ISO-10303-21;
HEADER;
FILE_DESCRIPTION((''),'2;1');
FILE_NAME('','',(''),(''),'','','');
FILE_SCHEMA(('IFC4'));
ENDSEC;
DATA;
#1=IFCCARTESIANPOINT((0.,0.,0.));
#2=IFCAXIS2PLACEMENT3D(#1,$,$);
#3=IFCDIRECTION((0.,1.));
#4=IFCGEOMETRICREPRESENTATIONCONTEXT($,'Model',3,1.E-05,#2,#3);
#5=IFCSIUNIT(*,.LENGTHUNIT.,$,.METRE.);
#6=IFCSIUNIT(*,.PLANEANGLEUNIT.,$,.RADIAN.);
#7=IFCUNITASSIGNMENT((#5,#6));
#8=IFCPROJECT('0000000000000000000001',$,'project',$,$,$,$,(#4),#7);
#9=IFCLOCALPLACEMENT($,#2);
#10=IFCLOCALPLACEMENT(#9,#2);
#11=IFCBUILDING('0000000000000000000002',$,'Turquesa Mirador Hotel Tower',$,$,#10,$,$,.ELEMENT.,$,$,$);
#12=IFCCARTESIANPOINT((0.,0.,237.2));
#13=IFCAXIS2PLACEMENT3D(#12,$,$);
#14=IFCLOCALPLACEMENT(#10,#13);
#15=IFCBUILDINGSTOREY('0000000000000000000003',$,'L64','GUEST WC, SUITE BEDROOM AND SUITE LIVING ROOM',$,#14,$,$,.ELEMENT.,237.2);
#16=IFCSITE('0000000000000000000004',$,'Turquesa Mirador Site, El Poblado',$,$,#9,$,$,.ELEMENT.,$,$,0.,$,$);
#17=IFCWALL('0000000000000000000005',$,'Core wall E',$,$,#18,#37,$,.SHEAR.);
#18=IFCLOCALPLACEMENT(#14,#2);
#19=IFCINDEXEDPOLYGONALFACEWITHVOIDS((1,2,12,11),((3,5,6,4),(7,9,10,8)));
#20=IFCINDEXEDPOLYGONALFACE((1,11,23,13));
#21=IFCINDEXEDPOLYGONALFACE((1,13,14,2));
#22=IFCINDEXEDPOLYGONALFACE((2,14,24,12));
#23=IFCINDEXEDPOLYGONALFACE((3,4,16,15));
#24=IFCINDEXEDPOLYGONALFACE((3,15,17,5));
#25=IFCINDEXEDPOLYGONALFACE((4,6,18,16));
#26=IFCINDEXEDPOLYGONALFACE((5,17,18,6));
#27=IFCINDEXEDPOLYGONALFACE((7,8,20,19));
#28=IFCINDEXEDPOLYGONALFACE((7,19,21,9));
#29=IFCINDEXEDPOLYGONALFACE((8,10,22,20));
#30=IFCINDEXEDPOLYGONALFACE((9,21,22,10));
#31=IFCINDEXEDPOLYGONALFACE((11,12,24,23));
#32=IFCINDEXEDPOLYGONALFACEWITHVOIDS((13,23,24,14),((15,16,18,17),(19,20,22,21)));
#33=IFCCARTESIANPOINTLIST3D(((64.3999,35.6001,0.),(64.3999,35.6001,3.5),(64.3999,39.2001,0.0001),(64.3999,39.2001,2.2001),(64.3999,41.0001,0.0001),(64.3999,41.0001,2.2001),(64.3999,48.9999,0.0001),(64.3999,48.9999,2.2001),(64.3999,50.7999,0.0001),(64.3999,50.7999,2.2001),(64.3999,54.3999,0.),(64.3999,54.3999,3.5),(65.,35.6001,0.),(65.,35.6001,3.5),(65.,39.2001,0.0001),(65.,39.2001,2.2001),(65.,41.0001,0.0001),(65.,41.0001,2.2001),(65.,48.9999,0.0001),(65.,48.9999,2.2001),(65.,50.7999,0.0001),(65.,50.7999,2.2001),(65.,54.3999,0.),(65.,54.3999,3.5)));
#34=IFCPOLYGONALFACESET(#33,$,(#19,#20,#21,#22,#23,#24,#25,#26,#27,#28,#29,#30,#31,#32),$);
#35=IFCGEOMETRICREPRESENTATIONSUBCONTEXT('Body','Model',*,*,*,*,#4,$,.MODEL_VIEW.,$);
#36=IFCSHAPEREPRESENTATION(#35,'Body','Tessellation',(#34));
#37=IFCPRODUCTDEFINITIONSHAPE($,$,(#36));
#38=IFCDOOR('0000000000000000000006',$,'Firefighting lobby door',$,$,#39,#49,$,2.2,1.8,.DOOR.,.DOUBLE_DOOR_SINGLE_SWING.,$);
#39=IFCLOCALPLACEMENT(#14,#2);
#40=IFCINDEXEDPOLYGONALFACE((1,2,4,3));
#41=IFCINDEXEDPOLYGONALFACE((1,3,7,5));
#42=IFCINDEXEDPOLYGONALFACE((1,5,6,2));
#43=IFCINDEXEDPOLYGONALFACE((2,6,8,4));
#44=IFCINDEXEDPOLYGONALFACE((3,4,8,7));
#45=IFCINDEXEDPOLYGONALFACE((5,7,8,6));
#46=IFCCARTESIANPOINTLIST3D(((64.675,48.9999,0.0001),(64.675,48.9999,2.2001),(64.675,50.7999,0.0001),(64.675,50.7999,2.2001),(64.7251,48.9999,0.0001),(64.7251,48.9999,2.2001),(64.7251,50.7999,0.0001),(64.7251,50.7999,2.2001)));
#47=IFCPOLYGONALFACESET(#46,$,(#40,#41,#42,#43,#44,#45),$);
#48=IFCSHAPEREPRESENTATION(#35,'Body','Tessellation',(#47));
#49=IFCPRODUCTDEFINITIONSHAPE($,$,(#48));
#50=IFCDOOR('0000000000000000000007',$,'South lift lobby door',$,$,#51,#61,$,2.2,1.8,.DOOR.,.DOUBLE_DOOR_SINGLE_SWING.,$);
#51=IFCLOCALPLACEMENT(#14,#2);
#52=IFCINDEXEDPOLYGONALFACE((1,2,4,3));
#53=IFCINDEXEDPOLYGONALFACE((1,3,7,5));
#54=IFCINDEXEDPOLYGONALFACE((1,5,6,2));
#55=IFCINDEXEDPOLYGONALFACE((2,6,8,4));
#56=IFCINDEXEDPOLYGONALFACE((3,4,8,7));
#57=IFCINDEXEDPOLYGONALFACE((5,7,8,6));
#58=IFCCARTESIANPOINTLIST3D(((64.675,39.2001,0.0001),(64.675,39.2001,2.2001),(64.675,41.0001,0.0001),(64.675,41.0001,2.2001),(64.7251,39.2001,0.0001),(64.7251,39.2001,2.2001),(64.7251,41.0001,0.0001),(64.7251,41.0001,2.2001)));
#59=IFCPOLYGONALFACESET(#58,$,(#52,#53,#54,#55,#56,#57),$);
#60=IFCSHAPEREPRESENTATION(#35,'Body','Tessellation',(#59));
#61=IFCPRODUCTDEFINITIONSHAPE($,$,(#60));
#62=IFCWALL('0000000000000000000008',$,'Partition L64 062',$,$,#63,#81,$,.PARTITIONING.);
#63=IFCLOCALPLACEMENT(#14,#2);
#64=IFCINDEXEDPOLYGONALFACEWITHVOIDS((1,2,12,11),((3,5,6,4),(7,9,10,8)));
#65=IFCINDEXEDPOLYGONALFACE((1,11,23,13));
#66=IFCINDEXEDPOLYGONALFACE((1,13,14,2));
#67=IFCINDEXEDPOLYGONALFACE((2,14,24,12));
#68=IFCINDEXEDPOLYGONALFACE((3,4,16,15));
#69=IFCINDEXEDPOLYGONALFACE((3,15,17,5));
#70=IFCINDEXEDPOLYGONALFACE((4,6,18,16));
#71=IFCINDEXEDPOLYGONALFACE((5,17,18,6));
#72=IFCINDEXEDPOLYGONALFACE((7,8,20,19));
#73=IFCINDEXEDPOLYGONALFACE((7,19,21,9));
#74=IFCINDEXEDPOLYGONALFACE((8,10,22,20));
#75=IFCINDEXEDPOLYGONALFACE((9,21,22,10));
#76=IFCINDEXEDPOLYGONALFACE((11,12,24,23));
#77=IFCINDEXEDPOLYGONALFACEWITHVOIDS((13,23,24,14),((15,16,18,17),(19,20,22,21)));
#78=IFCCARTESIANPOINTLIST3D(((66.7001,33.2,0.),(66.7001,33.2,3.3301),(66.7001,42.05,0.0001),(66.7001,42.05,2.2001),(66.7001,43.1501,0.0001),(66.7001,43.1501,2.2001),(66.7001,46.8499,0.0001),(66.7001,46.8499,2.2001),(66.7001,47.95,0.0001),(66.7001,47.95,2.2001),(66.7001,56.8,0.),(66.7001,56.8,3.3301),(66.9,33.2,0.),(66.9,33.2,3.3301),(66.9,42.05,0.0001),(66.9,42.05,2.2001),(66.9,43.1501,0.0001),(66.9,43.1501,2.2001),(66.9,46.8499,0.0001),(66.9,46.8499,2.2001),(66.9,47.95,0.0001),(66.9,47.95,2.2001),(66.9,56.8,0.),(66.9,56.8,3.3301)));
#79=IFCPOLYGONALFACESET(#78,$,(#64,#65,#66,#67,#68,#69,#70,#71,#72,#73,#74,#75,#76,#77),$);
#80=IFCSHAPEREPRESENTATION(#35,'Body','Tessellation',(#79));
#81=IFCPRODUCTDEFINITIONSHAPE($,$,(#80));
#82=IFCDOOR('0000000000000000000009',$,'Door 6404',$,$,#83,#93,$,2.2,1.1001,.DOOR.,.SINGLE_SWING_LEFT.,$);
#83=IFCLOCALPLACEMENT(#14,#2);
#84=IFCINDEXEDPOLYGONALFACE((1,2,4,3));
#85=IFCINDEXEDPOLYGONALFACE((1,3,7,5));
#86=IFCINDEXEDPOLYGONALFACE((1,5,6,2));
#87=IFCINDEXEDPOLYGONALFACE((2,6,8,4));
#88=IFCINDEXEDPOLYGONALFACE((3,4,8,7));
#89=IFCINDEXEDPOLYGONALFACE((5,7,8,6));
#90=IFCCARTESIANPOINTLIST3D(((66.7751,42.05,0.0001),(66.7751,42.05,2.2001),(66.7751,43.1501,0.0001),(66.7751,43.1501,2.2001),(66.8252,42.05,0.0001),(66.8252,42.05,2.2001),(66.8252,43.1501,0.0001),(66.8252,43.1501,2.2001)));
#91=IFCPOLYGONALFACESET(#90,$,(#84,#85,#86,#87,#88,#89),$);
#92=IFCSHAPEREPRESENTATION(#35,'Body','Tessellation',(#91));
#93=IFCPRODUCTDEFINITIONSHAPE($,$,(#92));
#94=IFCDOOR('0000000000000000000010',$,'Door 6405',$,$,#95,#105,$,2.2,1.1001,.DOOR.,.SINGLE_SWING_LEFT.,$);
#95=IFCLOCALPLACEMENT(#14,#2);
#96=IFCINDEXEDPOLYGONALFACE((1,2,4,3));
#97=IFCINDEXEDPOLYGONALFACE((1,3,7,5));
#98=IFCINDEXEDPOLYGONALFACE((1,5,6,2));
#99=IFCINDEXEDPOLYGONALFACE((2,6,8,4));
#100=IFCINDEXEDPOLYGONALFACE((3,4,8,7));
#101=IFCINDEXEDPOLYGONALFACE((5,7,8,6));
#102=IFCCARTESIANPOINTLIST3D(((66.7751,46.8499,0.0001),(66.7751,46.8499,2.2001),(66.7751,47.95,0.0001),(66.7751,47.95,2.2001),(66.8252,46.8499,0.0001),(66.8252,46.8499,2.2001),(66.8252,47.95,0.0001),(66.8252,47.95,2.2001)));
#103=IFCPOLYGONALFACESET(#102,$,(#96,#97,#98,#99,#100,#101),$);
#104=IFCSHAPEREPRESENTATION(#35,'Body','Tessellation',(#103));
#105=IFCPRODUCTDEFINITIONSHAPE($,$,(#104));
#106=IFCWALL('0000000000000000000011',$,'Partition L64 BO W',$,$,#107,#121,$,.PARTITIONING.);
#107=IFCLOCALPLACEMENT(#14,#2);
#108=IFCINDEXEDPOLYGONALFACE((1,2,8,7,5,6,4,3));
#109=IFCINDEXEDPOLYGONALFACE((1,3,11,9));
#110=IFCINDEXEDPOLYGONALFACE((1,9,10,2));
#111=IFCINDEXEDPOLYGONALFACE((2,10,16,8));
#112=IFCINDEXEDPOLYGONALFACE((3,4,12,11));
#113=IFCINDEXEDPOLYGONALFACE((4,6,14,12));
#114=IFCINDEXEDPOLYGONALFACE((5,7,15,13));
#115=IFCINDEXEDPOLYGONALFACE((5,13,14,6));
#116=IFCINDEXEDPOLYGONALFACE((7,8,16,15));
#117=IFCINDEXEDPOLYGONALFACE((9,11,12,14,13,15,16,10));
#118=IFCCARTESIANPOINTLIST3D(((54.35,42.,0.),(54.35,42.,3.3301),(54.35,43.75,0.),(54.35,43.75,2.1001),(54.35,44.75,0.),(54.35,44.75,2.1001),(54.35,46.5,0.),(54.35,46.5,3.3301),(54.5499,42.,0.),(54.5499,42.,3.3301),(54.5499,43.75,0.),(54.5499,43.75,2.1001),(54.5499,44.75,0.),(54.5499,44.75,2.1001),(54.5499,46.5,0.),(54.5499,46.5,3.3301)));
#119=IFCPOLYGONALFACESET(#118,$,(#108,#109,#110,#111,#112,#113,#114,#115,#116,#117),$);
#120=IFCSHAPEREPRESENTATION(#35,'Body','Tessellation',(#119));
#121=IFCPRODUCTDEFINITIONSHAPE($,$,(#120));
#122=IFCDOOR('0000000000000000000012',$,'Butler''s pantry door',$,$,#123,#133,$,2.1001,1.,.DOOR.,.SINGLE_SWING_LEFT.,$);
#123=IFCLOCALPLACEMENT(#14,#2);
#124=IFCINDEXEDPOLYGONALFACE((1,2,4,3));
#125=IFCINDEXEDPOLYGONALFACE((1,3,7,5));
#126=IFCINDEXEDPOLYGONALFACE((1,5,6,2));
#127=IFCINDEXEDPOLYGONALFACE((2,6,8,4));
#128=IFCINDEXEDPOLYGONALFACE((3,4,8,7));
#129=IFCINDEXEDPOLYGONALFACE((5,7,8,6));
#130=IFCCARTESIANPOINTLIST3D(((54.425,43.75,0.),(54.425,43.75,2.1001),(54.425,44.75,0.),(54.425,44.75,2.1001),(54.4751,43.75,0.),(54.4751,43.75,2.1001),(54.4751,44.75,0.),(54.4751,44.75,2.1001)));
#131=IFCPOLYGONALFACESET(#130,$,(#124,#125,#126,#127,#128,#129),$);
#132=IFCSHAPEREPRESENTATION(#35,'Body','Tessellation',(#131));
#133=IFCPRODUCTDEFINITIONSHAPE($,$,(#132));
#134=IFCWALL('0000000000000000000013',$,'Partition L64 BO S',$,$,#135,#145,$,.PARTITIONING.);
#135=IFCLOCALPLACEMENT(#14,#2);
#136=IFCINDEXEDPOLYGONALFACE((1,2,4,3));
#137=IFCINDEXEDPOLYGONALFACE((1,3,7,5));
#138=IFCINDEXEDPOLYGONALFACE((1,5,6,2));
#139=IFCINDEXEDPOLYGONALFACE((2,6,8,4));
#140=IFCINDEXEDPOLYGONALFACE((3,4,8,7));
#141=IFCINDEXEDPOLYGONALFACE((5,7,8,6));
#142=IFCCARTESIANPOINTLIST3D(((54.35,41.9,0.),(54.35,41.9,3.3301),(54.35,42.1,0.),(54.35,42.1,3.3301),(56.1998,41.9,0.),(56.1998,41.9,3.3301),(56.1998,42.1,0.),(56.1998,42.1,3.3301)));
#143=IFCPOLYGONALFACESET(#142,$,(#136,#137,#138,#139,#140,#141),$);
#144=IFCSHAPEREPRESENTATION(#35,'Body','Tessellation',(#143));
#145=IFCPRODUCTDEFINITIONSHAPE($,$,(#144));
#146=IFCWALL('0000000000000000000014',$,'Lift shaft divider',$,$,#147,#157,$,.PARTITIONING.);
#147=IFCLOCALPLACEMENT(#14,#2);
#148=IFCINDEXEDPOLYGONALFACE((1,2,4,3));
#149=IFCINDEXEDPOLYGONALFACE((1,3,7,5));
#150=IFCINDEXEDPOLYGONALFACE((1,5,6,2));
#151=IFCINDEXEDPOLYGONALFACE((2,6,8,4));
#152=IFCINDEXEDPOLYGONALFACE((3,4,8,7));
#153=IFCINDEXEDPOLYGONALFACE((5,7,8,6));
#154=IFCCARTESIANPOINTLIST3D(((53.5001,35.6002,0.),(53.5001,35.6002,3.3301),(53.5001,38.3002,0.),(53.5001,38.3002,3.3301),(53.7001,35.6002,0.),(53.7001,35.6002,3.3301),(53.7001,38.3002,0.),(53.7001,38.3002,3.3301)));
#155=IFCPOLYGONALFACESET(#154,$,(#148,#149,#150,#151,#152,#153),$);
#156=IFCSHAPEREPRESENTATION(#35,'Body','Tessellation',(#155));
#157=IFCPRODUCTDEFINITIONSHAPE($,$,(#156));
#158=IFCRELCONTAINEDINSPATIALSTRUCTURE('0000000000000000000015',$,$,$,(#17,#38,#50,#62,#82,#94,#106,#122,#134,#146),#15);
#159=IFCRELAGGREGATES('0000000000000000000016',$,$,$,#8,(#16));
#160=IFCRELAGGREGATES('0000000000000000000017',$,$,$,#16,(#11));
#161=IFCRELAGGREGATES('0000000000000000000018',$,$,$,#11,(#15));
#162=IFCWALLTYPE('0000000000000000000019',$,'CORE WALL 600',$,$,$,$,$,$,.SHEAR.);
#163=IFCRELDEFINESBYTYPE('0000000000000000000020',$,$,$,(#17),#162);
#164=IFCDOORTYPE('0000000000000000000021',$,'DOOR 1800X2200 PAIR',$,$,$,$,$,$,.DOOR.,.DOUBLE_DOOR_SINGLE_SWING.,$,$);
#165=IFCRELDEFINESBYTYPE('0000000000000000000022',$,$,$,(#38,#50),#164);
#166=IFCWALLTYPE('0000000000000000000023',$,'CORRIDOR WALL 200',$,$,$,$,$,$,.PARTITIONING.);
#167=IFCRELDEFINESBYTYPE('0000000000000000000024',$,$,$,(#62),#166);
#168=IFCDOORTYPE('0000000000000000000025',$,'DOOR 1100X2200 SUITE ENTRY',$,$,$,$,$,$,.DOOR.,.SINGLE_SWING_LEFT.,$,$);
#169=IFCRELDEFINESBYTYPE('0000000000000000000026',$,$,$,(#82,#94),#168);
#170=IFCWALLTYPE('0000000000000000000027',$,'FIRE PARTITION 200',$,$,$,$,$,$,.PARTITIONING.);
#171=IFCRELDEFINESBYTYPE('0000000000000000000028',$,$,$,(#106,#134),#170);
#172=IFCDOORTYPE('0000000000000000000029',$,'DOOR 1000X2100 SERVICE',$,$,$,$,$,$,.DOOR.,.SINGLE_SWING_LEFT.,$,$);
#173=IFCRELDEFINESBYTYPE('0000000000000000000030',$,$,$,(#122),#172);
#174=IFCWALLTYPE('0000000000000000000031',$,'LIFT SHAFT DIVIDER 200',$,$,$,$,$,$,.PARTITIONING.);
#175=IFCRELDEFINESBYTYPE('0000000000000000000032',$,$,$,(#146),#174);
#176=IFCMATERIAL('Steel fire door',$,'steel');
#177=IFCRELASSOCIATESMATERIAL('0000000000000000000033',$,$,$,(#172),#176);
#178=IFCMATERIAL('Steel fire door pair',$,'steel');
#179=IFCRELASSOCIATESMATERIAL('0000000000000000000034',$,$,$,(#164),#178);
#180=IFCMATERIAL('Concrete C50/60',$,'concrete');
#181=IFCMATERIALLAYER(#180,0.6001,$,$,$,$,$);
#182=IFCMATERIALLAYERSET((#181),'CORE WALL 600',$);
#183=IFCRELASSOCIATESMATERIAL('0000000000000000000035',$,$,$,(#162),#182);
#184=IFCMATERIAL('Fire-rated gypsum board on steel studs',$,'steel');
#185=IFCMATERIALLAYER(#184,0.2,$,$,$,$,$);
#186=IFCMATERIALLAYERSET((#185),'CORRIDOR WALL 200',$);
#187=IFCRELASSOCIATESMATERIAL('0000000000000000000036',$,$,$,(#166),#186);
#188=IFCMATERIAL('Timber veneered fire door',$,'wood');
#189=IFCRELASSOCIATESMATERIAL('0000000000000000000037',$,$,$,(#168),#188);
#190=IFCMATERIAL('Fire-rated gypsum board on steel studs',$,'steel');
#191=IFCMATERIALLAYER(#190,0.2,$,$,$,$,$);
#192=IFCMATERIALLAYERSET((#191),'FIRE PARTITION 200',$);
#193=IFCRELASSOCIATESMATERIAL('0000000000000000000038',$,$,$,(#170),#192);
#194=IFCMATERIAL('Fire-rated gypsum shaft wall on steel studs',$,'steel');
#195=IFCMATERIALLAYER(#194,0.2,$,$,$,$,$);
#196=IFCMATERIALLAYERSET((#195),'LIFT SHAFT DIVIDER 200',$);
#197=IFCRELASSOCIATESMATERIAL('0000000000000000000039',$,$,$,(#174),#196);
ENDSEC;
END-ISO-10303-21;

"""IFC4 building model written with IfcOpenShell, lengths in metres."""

from ifc_helpers import new_model, si_unit, direction, frame, frame_2d, origin, place, context, subcontext, project, spatial, rectangle, extrude, material, layer, layer_set, type_object, element, fill, save


model = new_model("IFC4")

# Units and contexts
model_context = context("Model", 3, precision=1e-05, world=origin(), true_north=direction((0.0, 1.0)))
body_context = subcontext(model_context, "Body", "Model", "MODEL_VIEW")
ifc_project = project(units=[si_unit("LENGTHUNIT", "METRE"), si_unit("PLANEANGLEUNIT", "RADIAN")], contexts=[model_context])

# Site, building, storey
site_placement = place(None, origin())
site = spatial("IfcSite", under=ifc_project, at=site_placement, Name="Turquesa Mirador Site, El Poblado", CompositionType="ELEMENT", RefElevation=0.0)
building_placement = place(site_placement, origin())
building = spatial("IfcBuilding", under=site, at=building_placement, Name="Turquesa Mirador Hotel Tower", CompositionType="ELEMENT")
storey_placement = place(building_placement, frame((0.0, 0.0, 237.2)))
storey = spatial("IfcBuildingStorey", under=building, at=storey_placement, Name="L64", Description="GUEST WC, SUITE BEDROOM AND SUITE LIVING ROOM", CompositionType="ELEMENT", Elevation=237.2)

# Shared definitions
ifc_material_1 = material(Name="Steel fire door", Category="steel")
door_type_1 = type_object("IfcDoorType", Name="DOOR 1000X2100 SERVICE", OperationType="SINGLE_SWING_LEFT", PredefinedType="DOOR", material=ifc_material_1)
ifc_material_2 = material(Name="Steel fire door pair", Category="steel")
door_type_2 = type_object("IfcDoorType", Name="DOOR 1800X2200 PAIR", OperationType="DOUBLE_DOOR_SINGLE_SWING", PredefinedType="DOOR", material=ifc_material_2)

# Walls, openings, doors
ifc_material_3 = material(Name="Concrete C50/60", Category="concrete")
ifc_layer_1 = layer(ifc_material_3, 0.6001)
ifc_layer_set_1 = layer_set([ifc_layer_1], Name="CORE WALL 600")
wall_type_1 = type_object("IfcWallType", Name="CORE WALL 600", PredefinedType="SHEAR", material=ifc_layer_set_1)
wall_1_placement = place(storey_placement, frame((64.7, 35.6001, 0.0), z_axis=(0.0, 0.0, 1.0), x_axis=(0.0, 1.0, 0.0)))
wall_1 = element("IfcWall", 1, at=wall_1_placement, inside=storey, type_object=wall_type_1, Name="Core wall E", PredefinedType="SHEAR", context=body_context, shape_type="SweptSolid", body=[
    extrude(rectangle(XDim=18.7998, YDim=0.6001, at=frame_2d((9.3999, 0.0))), origin(), (0.0, 0.0, 1.0), 3.5),
])
opening_1_placement = place(wall_1_placement, frame((13.3999, 0.0, 0.0)))
opening_1 = element("IfcOpeningElement", 2, at=opening_1_placement, cuts=wall_1, PredefinedType="OPENING", context=body_context, shape_type="SweptSolid", body=[
    extrude(rectangle(XDim=1.8, YDim=2.2, at=frame_2d((0.8999, 1.1001))), frame((0.0, 0.3101, 0.0), z_axis=(0.0, -1.0, 0.0), x_axis=(1.0, 0.0, 0.0)), (0.0, 0.0, 1.0), 0.6201),
])
opening_2_placement = place(wall_1_placement, frame((3.6001, 0.0, 0.0)))
opening_2 = element("IfcOpeningElement", 3, at=opening_2_placement, cuts=wall_1, PredefinedType="OPENING", context=body_context, shape_type="SweptSolid", body=[
    extrude(rectangle(XDim=1.8, YDim=2.2, at=frame_2d((0.8999, 1.1001))), frame((0.0, 0.3101, 0.0), z_axis=(0.0, -1.0, 0.0), x_axis=(1.0, 0.0, 0.0)), (0.0, 0.0, 1.0), 0.6201),
])
door_1_placement = place(opening_1_placement, origin())
door_1 = element("IfcDoor", 4, at=door_1_placement, inside=storey, type_object=door_type_2, Name="Firefighting lobby door", OperationType="DOUBLE_DOOR_SINGLE_SWING", OverallHeight=2.2, OverallWidth=1.8, PredefinedType="DOOR", context=body_context, shape_type="SweptSolid", body=[
    extrude(rectangle(XDim=1.8, YDim=2.2, at=frame_2d((0.8999, 1.1001))), frame((0.0, 0.0249, 0.0), z_axis=(0.0, -1.0, 0.0), x_axis=(1.0, 0.0, 0.0)), (0.0, 0.0, 1.0), 0.05),
])
fill(opening_1, door_1)
door_2_placement = place(opening_2_placement, origin())
door_2 = element("IfcDoor", 5, at=door_2_placement, inside=storey, type_object=door_type_2, Name="South lift lobby door", OperationType="DOUBLE_DOOR_SINGLE_SWING", OverallHeight=2.2, OverallWidth=1.8, PredefinedType="DOOR", context=body_context, shape_type="SweptSolid", body=[
    extrude(rectangle(XDim=1.8, YDim=2.2, at=frame_2d((0.8999, 1.1001))), frame((0.0, 0.0249, 0.0), z_axis=(0.0, -1.0, 0.0), x_axis=(1.0, 0.0, 0.0)), (0.0, 0.0, 1.0), 0.05),
])
fill(opening_2, door_2)
ifc_material_4 = material(Name="Fire-rated gypsum board on steel studs", Category="steel")
ifc_layer_2 = layer(ifc_material_4, 0.2)
ifc_layer_set_2 = layer_set([ifc_layer_2], Name="CORRIDOR WALL 200")
wall_type_2 = type_object("IfcWallType", Name="CORRIDOR WALL 200", PredefinedType="PARTITIONING", material=ifc_layer_set_2)
wall_2_placement = place(storey_placement, frame((66.8, 33.2, 0.0), z_axis=(0.0, 0.0, 1.0), x_axis=(0.0, 1.0, 0.0)))
wall_2 = element("IfcWall", 6, at=wall_2_placement, inside=storey, type_object=wall_type_2, Name="Partition L64 062", PredefinedType="PARTITIONING", context=body_context, shape_type="SweptSolid", body=[
    extrude(rectangle(XDim=23.6001, YDim=0.2, at=frame_2d((11.8, 0.0))), origin(), (0.0, 0.0, 1.0), 3.3301),
])
opening_3_placement = place(wall_2_placement, frame((8.8501, 0.0, 0.0)))
opening_3 = element("IfcOpeningElement", 7, at=opening_3_placement, cuts=wall_2, PredefinedType="OPENING", context=body_context, shape_type="SweptSolid", body=[
    extrude(rectangle(XDim=1.1001, YDim=2.2, at=frame_2d((0.55, 1.1001))), frame((0.0, 0.1099, 0.0), z_axis=(0.0, -1.0, 0.0), x_axis=(1.0, 0.0, 0.0)), (0.0, 0.0, 1.0), 0.22),
])
opening_4_placement = place(wall_2_placement, frame((13.6499, 0.0, 0.0)))
opening_4 = element("IfcOpeningElement", 8, at=opening_4_placement, cuts=wall_2, PredefinedType="OPENING", context=body_context, shape_type="SweptSolid", body=[
    extrude(rectangle(XDim=1.1001, YDim=2.2, at=frame_2d((0.55, 1.1001))), frame((0.0, 0.1099, 0.0), z_axis=(0.0, -1.0, 0.0), x_axis=(1.0, 0.0, 0.0)), (0.0, 0.0, 1.0), 0.22),
])
ifc_material_5 = material(Name="Timber veneered fire door", Category="wood")
door_type_3 = type_object("IfcDoorType", Name="DOOR 1100X2200 SUITE ENTRY", OperationType="SINGLE_SWING_LEFT", PredefinedType="DOOR", material=ifc_material_5)
door_3_placement = place(opening_3_placement, origin())
door_3 = element("IfcDoor", 9, at=door_3_placement, inside=storey, type_object=door_type_3, Name="Door 6404", OperationType="SINGLE_SWING_LEFT", OverallHeight=2.2, OverallWidth=1.1001, PredefinedType="DOOR", context=body_context, shape_type="SweptSolid", body=[
    extrude(rectangle(XDim=1.1001, YDim=2.2, at=frame_2d((0.55, 1.1001))), frame((0.0, 0.0249, 0.0), z_axis=(0.0, -1.0, 0.0), x_axis=(1.0, 0.0, 0.0)), (0.0, 0.0, 1.0), 0.05),
])
fill(opening_3, door_3)
door_4_placement = place(opening_4_placement, origin())
door_4 = element("IfcDoor", 10, at=door_4_placement, inside=storey, type_object=door_type_3, Name="Door 6405", OperationType="SINGLE_SWING_LEFT", OverallHeight=2.2, OverallWidth=1.1001, PredefinedType="DOOR", context=body_context, shape_type="SweptSolid", body=[
    extrude(rectangle(XDim=1.1001, YDim=2.2, at=frame_2d((0.55, 1.1001))), frame((0.0, 0.0249, 0.0), z_axis=(0.0, -1.0, 0.0), x_axis=(1.0, 0.0, 0.0)), (0.0, 0.0, 1.0), 0.05),
])
fill(opening_4, door_4)

# Wall, opening, door
ifc_material_6 = material(Name="Fire-rated gypsum board on steel studs", Category="steel")
ifc_layer_3 = layer(ifc_material_6, 0.2)
ifc_layer_set_3 = layer_set([ifc_layer_3], Name="FIRE PARTITION 200")
wall_type_3 = type_object("IfcWallType", Name="FIRE PARTITION 200", PredefinedType="PARTITIONING", material=ifc_layer_set_3)
wall_3_placement = place(storey_placement, frame((54.45, 42.0, 0.0), z_axis=(0.0, 0.0, 1.0), x_axis=(0.0, 1.0, 0.0)))
wall_3 = element("IfcWall", 11, at=wall_3_placement, inside=storey, type_object=wall_type_3, Name="Partition L64 BO W", PredefinedType="PARTITIONING", context=body_context, shape_type="SweptSolid", body=[
    extrude(rectangle(XDim=4.5, YDim=0.2, at=frame_2d((2.25, 0.0))), origin(), (0.0, 0.0, 1.0), 3.3301),
])
opening_5_placement = place(wall_3_placement, frame((1.75, 0.0, 0.0)))
opening_5 = element("IfcOpeningElement", 12, at=opening_5_placement, cuts=wall_3, PredefinedType="OPENING", context=body_context, shape_type="SweptSolid", body=[
    extrude(rectangle(XDim=1.0, YDim=2.1001, at=frame_2d((0.5, 1.05))), frame((0.0, 0.1099, 0.0), z_axis=(0.0, -1.0, 0.0), x_axis=(1.0, 0.0, 0.0)), (0.0, 0.0, 1.0), 0.22),
])
door_5_placement = place(opening_5_placement, origin())
door_5 = element("IfcDoor", 13, at=door_5_placement, inside=storey, type_object=door_type_1, Name="Butler's pantry door", OperationType="SINGLE_SWING_LEFT", OverallHeight=2.1001, OverallWidth=1.0, PredefinedType="DOOR", context=body_context, shape_type="SweptSolid", body=[
    extrude(rectangle(XDim=1.0, YDim=2.1001, at=frame_2d((0.5, 1.05))), frame((0.0, 0.0249, 0.0), z_axis=(0.0, -1.0, 0.0), x_axis=(1.0, 0.0, 0.0)), (0.0, 0.0, 1.0), 0.05),
])
fill(opening_5, door_5)

# Walls
wall_4_placement = place(storey_placement, frame((54.3501, 42.0, 0.0), z_axis=(0.0, 0.0, 1.0), x_axis=(1.0, 0.0, 0.0)))
element("IfcWall", 14, at=wall_4_placement, inside=storey, type_object=wall_type_3, Name="Partition L64 BO S", PredefinedType="PARTITIONING", context=body_context, shape_type="SweptSolid", body=[
    extrude(rectangle(XDim=1.8499, YDim=0.2, at=frame_2d((0.9248, 0.0))), origin(), (0.0, 0.0, 1.0), 3.3301),
])
ifc_material_7 = material(Name="Fire-rated gypsum shaft wall on steel studs", Category="steel")
ifc_layer_4 = layer(ifc_material_7, 0.2)
ifc_layer_set_4 = layer_set([ifc_layer_4], Name="LIFT SHAFT DIVIDER 200")
wall_type_4 = type_object("IfcWallType", Name="LIFT SHAFT DIVIDER 200", PredefinedType="PARTITIONING", material=ifc_layer_set_4)
for number, where, z_axis, x_axis, name in (
    (15, (53.6001, 35.6001, 0.0), (0.0, 0.0, 1.0), (0.0, 1.0, 0.0), "Lift shaft divider"),
):
    element("IfcWall", number, at=place(storey_placement, frame(where, z_axis=z_axis, x_axis=x_axis)), inside=storey, type_object=wall_type_4, Name=name, PredefinedType="PARTITIONING", context=body_context, shape_type="SweptSolid", body=[
        extrude(rectangle(XDim=2.7, YDim=0.2, at=frame_2d((1.3501, 0.0))), origin(), (0.0, 0.0, 1.0), 3.3301),
    ])

save(model, "model.ifc")
